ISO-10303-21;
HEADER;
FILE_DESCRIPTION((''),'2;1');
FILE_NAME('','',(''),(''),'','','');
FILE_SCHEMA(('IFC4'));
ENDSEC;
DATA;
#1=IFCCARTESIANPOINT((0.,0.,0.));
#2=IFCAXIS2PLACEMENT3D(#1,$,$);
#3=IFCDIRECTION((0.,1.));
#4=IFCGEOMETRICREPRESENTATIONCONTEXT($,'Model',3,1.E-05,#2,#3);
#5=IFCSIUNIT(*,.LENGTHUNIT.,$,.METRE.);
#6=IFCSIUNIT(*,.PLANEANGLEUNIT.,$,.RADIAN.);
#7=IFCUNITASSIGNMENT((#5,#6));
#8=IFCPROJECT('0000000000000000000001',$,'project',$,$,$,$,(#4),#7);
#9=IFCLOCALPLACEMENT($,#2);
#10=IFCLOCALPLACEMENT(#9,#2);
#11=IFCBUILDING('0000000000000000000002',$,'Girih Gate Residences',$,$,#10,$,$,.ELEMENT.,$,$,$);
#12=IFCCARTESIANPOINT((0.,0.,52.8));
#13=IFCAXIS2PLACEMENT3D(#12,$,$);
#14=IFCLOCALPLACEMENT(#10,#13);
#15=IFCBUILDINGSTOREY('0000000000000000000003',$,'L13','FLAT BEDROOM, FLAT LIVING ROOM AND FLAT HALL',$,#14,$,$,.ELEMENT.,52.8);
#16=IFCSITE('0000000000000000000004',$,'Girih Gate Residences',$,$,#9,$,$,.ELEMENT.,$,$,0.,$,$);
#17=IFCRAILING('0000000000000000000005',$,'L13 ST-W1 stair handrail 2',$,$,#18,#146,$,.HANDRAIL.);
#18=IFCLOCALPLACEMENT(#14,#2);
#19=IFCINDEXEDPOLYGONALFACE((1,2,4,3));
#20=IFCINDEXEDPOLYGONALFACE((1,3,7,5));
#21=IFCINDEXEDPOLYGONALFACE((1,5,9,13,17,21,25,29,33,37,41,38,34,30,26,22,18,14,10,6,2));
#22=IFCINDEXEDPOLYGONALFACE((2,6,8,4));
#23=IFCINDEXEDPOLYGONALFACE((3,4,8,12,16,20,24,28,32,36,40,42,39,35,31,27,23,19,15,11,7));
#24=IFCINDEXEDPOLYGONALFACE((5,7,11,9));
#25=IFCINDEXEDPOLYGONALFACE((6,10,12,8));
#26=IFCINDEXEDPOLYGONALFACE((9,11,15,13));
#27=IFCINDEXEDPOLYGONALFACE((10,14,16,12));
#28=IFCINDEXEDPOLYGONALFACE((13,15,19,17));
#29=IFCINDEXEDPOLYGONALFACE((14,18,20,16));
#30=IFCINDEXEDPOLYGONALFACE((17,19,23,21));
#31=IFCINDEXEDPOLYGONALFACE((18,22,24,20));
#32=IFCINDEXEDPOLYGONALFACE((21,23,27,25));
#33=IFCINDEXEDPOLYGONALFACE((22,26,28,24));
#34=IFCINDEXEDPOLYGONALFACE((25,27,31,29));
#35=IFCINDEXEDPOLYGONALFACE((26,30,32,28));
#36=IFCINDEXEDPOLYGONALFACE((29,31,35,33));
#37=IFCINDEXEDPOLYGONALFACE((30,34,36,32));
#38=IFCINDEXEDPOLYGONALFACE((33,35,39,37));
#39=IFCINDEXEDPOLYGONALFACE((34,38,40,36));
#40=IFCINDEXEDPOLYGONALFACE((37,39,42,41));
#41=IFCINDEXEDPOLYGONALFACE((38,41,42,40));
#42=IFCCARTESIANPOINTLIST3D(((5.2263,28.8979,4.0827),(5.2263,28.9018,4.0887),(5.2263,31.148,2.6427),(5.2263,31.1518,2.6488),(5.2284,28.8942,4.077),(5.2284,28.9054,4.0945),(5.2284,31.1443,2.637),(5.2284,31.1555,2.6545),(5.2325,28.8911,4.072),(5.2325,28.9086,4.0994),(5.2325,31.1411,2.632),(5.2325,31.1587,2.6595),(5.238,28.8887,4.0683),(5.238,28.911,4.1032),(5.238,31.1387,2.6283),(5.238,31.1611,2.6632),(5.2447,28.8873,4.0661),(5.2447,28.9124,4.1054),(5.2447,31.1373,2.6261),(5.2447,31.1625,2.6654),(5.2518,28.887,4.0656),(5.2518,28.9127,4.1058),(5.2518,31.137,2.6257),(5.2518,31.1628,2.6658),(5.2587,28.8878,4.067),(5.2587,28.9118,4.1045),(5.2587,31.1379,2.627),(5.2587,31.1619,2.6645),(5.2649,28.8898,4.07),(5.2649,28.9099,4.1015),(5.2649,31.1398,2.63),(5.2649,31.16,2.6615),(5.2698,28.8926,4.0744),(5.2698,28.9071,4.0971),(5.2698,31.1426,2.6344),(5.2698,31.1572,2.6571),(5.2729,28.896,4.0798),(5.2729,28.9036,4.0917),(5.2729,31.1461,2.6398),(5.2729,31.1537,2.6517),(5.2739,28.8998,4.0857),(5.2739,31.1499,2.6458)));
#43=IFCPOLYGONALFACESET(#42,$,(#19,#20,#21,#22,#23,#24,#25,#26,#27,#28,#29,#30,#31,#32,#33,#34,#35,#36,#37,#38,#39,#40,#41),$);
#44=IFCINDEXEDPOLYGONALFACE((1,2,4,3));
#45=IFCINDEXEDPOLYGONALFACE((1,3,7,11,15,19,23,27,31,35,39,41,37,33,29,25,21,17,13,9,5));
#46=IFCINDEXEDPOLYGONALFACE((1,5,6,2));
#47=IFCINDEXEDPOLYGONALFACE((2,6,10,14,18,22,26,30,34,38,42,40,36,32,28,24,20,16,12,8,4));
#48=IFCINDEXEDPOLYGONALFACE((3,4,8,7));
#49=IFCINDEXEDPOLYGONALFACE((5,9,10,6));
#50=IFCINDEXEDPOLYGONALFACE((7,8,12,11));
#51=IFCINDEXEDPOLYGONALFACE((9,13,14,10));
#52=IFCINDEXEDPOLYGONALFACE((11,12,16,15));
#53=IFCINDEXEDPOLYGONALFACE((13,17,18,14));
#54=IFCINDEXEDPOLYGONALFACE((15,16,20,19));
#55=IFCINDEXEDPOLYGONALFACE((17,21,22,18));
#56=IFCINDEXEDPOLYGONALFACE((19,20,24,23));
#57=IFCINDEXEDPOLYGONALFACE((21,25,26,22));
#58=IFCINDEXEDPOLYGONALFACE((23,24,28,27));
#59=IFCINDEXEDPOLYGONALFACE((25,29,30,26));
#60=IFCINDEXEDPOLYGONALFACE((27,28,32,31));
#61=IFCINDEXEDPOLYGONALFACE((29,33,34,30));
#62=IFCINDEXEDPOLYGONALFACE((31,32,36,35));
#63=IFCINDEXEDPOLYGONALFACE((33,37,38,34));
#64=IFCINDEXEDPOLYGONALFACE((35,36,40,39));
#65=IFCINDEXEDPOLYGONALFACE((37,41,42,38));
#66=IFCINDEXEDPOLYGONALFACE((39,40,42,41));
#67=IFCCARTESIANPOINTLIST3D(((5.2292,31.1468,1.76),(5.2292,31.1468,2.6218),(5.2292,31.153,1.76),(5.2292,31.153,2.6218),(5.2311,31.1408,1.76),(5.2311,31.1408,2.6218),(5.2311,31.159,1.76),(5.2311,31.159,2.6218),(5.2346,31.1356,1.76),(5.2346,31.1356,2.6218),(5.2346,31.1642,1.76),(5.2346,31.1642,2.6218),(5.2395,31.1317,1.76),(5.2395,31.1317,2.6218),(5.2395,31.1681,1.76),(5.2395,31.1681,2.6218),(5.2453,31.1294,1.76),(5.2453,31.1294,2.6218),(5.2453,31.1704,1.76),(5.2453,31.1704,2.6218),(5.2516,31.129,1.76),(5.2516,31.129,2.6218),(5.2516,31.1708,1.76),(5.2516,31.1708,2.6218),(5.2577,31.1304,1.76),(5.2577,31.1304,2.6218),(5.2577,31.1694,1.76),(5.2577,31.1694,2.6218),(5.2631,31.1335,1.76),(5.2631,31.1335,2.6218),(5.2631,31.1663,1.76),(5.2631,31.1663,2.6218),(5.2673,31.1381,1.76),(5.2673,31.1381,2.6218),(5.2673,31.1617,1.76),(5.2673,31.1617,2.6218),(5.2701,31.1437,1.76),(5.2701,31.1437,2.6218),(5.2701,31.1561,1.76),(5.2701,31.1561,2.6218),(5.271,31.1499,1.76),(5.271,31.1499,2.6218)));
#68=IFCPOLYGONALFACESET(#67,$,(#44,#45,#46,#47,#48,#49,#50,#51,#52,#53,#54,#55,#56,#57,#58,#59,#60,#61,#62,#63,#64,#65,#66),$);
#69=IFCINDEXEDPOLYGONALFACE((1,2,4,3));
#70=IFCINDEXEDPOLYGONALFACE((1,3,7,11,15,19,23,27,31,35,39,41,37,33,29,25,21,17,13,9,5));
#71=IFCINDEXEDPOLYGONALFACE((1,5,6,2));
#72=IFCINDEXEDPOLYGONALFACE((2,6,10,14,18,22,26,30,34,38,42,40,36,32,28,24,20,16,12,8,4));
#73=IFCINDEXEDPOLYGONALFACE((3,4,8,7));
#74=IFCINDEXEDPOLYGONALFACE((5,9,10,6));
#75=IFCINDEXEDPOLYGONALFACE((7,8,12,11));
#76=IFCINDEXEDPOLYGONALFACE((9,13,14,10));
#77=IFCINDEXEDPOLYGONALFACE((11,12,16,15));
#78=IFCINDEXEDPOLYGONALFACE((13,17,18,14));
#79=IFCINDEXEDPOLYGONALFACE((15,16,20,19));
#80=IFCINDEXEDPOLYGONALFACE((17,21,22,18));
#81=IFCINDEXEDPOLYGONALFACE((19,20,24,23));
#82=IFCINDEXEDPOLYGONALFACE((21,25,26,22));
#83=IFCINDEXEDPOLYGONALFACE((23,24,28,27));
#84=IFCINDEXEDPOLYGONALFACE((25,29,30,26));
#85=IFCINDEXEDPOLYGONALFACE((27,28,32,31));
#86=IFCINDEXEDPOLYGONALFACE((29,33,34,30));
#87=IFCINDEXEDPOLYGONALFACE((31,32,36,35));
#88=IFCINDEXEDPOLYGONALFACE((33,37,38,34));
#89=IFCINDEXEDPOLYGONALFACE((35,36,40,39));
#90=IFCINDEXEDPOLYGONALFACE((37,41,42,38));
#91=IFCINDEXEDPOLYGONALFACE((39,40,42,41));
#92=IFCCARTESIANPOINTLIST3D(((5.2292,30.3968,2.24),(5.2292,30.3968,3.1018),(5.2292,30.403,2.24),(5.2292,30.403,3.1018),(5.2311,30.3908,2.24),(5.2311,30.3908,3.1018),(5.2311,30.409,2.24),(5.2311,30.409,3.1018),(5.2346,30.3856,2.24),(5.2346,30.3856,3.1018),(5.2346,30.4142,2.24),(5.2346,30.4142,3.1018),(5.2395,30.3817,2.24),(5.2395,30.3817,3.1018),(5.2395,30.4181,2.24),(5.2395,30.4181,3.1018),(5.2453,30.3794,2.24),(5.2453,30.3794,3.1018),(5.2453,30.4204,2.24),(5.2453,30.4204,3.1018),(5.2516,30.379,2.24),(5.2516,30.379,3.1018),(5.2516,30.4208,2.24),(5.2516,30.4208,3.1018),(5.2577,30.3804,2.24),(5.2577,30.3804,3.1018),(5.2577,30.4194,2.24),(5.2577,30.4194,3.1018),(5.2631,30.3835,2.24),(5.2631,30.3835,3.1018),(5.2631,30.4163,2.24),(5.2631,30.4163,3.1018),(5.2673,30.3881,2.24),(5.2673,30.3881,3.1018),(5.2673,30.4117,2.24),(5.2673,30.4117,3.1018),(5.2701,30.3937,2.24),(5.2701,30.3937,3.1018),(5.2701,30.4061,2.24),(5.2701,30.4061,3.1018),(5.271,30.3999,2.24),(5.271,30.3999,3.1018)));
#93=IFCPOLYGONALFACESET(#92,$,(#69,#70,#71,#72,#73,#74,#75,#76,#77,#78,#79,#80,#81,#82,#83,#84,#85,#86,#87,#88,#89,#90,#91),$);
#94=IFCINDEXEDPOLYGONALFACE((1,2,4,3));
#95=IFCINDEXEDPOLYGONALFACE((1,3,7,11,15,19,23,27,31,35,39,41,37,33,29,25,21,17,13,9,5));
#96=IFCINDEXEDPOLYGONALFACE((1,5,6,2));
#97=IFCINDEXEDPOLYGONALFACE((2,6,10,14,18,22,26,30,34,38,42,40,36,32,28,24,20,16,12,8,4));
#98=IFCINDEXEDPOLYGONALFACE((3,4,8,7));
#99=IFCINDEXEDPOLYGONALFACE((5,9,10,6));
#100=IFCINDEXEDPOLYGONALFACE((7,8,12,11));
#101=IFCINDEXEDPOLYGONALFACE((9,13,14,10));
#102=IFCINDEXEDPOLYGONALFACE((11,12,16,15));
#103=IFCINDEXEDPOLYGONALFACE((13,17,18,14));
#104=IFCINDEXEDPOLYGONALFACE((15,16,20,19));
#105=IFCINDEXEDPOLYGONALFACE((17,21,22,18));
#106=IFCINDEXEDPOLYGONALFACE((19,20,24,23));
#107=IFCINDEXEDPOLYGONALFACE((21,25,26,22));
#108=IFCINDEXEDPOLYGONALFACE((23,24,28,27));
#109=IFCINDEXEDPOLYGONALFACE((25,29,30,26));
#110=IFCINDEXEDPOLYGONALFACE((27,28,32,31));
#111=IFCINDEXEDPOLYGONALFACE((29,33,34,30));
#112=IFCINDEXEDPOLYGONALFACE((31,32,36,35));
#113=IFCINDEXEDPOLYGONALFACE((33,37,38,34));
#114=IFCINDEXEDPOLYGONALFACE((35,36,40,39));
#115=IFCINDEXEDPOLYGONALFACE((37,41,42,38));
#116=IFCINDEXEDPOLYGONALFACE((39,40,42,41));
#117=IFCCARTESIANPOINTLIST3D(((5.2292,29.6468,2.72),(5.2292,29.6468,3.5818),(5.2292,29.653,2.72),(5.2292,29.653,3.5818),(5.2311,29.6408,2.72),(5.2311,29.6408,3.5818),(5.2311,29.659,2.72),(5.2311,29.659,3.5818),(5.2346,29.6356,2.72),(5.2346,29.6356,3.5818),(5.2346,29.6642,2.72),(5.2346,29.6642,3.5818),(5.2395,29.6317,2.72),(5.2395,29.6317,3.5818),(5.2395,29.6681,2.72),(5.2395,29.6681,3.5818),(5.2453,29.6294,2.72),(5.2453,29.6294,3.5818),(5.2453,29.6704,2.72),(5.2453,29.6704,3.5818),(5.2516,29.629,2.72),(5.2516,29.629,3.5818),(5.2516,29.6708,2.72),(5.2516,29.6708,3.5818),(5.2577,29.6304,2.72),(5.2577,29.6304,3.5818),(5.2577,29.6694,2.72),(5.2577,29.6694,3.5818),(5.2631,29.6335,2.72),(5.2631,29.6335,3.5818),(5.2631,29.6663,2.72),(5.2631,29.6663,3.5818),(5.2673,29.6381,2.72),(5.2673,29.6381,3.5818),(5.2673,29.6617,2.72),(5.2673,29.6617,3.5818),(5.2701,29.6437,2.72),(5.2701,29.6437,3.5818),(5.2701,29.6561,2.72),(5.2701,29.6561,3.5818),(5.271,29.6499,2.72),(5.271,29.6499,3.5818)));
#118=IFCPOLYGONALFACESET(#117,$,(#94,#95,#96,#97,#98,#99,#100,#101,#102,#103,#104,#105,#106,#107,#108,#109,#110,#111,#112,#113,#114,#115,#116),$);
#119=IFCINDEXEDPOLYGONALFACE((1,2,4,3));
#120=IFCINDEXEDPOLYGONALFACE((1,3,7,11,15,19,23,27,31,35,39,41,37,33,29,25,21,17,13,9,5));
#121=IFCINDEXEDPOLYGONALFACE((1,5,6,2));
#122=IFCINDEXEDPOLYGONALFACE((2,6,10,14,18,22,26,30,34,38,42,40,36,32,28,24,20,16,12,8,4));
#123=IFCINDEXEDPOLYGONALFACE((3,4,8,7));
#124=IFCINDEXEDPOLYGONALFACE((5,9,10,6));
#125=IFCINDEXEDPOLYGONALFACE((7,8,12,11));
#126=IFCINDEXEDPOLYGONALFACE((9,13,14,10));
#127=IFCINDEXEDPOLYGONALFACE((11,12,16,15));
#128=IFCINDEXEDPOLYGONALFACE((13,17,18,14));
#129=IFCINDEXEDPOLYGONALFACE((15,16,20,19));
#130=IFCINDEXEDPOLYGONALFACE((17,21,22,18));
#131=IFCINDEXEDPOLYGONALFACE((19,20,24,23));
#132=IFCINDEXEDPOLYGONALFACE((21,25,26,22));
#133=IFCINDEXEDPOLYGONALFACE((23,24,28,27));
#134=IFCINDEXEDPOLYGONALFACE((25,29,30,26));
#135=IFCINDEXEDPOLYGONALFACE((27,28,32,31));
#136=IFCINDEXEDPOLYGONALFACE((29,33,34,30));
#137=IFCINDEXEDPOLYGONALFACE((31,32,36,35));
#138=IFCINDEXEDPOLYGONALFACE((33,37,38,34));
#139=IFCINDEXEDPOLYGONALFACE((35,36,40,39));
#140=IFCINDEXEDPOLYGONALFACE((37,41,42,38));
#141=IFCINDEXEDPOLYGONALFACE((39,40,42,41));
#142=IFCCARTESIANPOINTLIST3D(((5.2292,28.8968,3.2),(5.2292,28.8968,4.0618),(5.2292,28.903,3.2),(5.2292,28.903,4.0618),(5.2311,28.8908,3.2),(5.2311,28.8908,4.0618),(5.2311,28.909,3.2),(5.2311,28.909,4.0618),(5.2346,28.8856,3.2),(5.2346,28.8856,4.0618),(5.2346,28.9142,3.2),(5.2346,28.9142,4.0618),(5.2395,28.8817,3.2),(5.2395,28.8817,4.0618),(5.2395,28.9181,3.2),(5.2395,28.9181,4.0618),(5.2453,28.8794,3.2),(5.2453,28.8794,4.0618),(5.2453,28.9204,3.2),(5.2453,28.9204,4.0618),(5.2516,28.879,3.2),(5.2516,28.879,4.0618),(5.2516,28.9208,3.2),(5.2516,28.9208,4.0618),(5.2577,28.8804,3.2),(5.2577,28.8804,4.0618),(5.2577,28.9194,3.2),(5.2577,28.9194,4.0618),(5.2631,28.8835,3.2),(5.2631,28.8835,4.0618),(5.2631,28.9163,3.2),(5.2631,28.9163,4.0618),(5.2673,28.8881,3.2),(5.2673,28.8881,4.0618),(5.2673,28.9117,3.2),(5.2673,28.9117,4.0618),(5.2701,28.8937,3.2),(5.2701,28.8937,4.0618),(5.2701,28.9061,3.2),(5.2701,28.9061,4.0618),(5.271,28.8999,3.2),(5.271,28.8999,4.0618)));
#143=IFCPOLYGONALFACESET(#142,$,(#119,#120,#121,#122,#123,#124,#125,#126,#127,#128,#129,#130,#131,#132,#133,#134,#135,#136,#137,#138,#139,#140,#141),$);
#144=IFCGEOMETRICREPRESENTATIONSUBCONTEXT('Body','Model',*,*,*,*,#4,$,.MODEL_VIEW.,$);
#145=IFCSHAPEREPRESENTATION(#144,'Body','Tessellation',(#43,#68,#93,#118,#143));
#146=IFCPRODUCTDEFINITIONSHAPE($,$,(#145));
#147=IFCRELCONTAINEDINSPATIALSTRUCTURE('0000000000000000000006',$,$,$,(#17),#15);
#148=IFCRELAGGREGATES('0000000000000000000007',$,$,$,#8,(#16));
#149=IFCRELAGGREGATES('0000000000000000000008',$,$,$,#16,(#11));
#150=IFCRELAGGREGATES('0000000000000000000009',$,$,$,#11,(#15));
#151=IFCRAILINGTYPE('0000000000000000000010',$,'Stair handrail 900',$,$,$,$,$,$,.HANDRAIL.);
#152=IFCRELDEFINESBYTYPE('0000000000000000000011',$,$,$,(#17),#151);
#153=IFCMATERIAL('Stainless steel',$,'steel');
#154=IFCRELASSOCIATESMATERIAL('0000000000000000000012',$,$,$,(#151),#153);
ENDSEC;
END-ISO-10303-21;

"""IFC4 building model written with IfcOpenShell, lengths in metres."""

from ifc_helpers import new_model, si_unit, direction, frame, origin, origin_2d, place, context, subcontext, project, spatial, circle, extrude, material, type_object, element, save


model = new_model("IFC4")

# Units and contexts
model_context = context("Model", 3, precision=1e-05, world=origin(), true_north=direction((0.0, 1.0)))
body_context = subcontext(model_context, "Body", "Model", "MODEL_VIEW")
ifc_project = project(units=[si_unit("LENGTHUNIT", "METRE"), si_unit("PLANEANGLEUNIT", "RADIAN")], contexts=[model_context])

# Site, building, storey
site_placement = place(None, origin())
site = spatial("IfcSite", under=ifc_project, at=site_placement, Name="Girih Gate Residences", CompositionType="ELEMENT", RefElevation=0.0)
building_placement = place(site_placement, origin())
building = spatial("IfcBuilding", under=site, at=building_placement, Name="Girih Gate Residences", CompositionType="ELEMENT")
storey_placement = place(building_placement, frame((0.0, 0.0, 52.8)))
storey = spatial("IfcBuildingStorey", under=building, at=storey_placement, Name="L13", Description="FLAT BEDROOM, FLAT LIVING ROOM AND FLAT HALL", CompositionType="ELEMENT", Elevation=52.8)

# Railing
ifc_material_1 = material(Name="Stainless steel", Category="steel")
railing_type_1 = type_object("IfcRailingType", Name="Stair handrail 900", PredefinedType="HANDRAIL", material=ifc_material_1)
railing_1_placement = place(storey_placement, frame((5.25, 31.1499, 1.76)))
element("IfcRailing", 1, at=railing_1_placement, inside=storey, type_object=railing_type_1, Name="L13 ST-W1 stair handrail 2", PredefinedType="HANDRAIL", context=body_context, shape_type="SweptSolid", body=[
    extrude(circle(Radius=0.0239, at=origin_2d()), frame((0.0, 0.0, 0.8857), z_axis=(0.0, -0.842281, 0.539038), x_axis=(1.0, 0.0, 0.0)), (0.0, 0.0, 1.0), 2.6714),
    extrude(circle(Radius=0.021, at=origin_2d()), origin(), (0.0, 0.0, 1.0), 0.8618),
    extrude(circle(Radius=0.021, at=origin_2d()), frame((0.0, -0.75, 0.48)), (0.0, 0.0, 1.0), 0.8618),
    extrude(circle(Radius=0.021, at=origin_2d()), frame((0.0, -1.5, 0.96)), (0.0, 0.0, 1.0), 0.8618),
    extrude(circle(Radius=0.021, at=origin_2d()), frame((0.0, -2.25, 1.4399)), (0.0, 0.0, 1.0), 0.8618),
])

save(model, "model.ifc")
